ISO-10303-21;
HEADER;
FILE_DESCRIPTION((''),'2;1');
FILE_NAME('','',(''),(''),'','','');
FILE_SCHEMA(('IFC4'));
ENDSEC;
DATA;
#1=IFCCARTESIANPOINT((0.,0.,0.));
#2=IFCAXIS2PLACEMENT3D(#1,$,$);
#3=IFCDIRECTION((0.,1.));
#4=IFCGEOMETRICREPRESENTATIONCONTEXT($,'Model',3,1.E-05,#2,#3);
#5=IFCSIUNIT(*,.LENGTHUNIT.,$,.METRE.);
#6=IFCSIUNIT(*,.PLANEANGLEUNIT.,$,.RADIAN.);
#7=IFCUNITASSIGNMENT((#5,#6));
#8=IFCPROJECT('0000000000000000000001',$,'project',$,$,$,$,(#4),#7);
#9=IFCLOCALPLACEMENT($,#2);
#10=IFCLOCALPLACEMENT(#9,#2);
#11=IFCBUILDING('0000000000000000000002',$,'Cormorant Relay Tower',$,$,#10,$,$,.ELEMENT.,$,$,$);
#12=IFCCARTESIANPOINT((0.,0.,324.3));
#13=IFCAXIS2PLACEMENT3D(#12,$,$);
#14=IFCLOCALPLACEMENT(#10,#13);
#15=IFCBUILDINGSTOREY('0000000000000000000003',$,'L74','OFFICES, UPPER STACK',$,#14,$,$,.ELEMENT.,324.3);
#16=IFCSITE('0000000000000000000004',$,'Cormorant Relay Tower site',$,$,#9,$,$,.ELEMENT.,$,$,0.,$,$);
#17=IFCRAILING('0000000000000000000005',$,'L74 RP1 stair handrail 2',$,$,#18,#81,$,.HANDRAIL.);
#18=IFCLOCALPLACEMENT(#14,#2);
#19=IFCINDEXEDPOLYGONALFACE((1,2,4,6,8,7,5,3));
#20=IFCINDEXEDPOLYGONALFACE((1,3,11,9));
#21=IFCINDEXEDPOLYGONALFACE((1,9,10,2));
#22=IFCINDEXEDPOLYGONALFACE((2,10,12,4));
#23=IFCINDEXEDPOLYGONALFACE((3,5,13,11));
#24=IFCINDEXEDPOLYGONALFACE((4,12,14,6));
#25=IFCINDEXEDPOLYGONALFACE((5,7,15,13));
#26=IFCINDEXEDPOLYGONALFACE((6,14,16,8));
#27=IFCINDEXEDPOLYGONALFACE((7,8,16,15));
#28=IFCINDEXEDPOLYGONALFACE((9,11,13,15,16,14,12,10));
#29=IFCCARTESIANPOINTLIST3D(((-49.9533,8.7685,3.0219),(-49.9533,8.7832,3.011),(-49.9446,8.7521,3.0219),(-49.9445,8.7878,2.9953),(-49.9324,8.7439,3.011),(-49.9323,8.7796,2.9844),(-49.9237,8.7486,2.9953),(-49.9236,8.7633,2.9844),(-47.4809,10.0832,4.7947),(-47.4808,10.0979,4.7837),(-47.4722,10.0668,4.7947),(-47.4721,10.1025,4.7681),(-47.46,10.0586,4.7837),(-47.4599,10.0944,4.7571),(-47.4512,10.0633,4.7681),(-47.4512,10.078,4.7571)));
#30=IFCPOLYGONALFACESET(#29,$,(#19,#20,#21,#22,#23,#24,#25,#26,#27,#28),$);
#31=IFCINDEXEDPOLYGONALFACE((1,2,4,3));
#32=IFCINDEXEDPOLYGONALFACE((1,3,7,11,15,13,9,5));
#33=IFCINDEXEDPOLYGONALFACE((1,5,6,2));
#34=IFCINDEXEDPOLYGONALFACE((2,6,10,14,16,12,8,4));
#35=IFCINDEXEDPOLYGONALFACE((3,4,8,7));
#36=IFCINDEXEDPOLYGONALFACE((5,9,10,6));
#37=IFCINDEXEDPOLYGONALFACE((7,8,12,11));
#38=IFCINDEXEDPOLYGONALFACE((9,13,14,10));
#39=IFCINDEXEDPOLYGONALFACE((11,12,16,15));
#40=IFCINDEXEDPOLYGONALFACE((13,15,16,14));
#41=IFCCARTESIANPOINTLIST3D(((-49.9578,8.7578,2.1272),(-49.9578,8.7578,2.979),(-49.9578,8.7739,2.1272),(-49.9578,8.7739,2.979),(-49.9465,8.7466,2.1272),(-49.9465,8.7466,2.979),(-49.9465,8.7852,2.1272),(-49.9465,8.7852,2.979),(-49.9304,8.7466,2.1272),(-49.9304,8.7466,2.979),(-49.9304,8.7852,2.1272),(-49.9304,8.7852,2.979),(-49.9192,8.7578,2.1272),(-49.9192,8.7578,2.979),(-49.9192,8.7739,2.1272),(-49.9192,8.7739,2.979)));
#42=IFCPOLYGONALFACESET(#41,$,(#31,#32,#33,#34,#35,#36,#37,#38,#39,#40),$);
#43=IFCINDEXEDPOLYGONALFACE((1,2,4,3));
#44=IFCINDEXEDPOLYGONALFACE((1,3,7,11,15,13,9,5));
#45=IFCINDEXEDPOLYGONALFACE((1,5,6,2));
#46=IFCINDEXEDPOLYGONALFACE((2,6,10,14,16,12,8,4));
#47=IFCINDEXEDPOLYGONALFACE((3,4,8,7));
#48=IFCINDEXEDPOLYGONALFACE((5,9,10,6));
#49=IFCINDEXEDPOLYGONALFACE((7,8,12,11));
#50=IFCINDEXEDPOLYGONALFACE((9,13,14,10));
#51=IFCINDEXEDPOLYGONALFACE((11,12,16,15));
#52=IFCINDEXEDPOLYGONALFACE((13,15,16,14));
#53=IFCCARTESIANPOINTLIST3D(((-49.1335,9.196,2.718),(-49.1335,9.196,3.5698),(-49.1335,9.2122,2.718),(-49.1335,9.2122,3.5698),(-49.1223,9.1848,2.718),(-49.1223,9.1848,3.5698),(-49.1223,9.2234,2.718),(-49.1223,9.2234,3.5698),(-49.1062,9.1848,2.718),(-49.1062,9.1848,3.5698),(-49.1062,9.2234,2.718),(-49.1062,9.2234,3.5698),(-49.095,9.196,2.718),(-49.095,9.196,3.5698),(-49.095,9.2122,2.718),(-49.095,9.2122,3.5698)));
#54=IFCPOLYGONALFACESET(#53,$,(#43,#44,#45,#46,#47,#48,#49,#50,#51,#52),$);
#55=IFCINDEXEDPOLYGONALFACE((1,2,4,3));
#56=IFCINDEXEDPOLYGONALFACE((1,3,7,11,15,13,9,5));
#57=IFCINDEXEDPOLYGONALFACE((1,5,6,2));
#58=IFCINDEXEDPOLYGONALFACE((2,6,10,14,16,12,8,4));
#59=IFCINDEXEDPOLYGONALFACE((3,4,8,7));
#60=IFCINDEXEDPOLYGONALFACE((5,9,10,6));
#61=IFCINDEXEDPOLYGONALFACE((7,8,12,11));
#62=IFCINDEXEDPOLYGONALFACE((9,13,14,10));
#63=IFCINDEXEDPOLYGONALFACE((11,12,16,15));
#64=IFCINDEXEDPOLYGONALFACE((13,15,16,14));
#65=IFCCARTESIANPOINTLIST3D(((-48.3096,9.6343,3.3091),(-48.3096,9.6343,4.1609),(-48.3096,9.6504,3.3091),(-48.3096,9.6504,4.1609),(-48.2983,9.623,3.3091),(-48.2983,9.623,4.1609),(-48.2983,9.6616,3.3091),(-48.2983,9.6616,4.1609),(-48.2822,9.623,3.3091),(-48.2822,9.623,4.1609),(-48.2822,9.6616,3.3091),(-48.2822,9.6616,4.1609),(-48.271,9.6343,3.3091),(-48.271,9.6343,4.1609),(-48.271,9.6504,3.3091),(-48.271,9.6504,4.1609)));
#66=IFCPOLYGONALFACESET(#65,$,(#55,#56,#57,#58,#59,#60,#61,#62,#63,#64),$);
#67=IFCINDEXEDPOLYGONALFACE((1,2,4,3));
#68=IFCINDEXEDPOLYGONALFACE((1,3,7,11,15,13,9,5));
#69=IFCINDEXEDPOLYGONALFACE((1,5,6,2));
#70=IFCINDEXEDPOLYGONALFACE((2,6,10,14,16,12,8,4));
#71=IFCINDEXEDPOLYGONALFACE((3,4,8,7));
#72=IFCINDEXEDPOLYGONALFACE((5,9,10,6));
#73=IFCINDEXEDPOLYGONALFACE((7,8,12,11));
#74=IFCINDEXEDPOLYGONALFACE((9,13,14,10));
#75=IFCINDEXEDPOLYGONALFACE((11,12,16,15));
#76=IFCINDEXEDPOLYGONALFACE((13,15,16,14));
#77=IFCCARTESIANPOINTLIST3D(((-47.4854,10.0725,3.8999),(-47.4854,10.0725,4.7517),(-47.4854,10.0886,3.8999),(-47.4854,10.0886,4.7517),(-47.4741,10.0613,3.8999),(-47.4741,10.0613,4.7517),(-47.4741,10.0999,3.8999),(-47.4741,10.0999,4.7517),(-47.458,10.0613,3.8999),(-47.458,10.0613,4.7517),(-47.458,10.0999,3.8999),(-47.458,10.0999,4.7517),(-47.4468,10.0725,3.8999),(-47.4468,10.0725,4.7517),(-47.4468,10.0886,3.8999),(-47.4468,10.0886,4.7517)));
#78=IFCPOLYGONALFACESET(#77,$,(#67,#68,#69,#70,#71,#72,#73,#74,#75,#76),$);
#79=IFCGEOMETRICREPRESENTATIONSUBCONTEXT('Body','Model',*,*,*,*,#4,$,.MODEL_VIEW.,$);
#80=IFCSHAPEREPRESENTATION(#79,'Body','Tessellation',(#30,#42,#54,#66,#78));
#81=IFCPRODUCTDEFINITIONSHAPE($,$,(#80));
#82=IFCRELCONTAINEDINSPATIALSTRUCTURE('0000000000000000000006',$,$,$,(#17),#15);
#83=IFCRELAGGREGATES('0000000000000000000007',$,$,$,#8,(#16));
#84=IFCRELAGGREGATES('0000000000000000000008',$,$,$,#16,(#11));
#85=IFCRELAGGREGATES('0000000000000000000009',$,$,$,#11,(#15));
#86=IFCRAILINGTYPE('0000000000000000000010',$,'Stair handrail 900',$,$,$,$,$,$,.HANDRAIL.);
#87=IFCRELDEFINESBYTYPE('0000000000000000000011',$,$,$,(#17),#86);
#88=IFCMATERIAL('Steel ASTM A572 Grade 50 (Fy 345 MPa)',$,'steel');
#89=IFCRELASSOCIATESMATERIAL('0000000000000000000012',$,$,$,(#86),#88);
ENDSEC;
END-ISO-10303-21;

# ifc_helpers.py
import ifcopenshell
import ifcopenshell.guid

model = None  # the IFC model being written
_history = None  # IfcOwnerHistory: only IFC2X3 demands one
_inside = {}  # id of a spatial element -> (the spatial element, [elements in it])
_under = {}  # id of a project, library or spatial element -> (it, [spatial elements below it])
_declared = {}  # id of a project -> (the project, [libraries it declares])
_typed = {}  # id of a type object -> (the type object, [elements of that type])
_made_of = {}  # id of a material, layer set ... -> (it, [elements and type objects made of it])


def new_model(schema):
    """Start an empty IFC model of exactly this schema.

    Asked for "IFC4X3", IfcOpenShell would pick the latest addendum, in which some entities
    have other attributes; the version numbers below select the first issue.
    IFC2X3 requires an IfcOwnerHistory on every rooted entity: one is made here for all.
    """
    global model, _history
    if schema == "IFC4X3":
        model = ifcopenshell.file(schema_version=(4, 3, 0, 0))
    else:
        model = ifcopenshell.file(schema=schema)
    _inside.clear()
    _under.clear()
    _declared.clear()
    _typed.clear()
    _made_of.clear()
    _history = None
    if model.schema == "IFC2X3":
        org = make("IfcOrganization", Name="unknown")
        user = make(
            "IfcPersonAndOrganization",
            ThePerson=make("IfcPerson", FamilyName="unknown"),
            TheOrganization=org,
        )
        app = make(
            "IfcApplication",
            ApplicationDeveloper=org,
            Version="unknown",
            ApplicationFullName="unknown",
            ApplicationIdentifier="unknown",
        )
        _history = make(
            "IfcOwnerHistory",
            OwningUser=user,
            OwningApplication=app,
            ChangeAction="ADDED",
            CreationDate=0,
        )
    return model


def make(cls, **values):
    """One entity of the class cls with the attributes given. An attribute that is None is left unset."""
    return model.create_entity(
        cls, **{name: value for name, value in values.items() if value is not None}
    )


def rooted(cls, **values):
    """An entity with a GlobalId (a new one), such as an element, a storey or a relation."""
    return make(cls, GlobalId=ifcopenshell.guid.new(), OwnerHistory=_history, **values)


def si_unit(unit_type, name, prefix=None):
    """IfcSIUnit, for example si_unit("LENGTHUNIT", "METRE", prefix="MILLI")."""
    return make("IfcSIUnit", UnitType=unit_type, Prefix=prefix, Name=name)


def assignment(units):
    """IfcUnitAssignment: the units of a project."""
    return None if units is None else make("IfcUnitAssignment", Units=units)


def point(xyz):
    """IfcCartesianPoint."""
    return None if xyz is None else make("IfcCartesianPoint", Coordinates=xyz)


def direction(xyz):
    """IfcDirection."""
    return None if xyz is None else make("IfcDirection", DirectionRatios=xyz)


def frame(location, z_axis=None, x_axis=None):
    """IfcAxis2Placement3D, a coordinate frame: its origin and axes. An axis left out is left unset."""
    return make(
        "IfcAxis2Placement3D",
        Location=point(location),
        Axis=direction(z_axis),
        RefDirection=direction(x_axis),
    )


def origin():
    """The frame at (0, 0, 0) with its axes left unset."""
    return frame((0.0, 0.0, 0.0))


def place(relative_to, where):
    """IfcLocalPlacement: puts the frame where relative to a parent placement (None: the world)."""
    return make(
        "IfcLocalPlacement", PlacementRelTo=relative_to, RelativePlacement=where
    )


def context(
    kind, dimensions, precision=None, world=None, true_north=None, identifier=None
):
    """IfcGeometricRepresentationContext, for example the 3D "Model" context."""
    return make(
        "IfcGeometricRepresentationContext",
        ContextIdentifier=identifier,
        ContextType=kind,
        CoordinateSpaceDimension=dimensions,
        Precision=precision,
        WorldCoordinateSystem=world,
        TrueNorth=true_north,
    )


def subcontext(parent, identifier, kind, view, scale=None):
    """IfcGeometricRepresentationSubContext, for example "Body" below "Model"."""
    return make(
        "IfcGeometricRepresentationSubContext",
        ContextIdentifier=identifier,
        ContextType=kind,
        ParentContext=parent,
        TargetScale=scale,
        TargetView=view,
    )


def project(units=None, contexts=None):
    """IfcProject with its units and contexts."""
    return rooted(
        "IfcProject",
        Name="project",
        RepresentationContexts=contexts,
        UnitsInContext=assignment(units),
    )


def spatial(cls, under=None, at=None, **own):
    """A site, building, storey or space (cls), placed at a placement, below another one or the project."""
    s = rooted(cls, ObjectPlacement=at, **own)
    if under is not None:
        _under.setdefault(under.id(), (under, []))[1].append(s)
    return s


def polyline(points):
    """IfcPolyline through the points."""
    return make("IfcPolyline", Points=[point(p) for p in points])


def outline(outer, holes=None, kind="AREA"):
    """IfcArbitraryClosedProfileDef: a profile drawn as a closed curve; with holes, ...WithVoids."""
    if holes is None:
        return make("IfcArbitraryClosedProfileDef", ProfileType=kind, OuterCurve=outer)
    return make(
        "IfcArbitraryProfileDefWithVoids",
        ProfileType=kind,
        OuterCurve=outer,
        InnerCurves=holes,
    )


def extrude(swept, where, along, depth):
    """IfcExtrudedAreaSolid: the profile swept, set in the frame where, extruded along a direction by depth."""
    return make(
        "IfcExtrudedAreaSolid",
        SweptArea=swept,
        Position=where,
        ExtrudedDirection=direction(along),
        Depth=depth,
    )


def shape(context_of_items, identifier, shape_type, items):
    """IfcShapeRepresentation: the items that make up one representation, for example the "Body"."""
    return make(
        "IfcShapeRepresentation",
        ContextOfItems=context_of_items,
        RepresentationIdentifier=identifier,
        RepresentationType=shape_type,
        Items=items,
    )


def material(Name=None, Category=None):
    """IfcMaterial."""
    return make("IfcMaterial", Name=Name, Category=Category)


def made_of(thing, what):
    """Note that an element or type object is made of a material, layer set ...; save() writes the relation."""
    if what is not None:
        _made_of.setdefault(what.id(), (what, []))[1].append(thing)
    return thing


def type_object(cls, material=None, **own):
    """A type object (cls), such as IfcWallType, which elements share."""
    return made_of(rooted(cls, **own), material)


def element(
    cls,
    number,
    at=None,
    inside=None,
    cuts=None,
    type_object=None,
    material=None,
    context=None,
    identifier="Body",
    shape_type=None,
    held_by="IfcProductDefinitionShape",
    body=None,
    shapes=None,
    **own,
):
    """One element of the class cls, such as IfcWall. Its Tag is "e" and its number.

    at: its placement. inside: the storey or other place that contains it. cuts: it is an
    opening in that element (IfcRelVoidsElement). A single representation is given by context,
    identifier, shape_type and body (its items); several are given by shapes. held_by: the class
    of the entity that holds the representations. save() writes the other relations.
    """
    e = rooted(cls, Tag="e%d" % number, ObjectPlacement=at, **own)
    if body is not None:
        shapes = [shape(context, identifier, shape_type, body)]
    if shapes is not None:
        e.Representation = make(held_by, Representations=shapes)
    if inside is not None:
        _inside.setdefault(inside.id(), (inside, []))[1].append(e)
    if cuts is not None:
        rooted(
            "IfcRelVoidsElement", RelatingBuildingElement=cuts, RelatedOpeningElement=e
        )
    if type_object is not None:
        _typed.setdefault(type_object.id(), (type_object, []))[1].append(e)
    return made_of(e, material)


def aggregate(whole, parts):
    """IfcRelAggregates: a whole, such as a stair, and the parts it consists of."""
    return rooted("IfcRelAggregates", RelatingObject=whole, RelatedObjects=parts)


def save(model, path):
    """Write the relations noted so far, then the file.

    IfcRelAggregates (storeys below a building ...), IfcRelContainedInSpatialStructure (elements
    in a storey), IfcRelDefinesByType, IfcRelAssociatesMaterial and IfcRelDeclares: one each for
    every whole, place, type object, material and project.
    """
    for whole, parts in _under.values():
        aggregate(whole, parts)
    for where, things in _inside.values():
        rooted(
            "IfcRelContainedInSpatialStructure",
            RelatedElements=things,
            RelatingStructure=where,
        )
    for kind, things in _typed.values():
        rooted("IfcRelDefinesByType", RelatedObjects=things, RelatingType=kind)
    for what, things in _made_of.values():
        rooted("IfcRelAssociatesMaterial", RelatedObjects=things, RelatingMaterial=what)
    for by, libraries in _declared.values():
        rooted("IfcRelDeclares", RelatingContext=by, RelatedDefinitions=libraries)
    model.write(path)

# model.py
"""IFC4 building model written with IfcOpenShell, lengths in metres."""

from ifc_helpers import new_model, si_unit, direction, frame, origin, place, context, subcontext, project, spatial, polyline, outline, extrude, material, type_object, element, save


model = new_model("IFC4")

# Units and contexts
model_context = context("Model", 3, precision=1e-05, world=origin(), true_north=direction((0.0, 1.0)))
body_context = subcontext(model_context, "Body", "Model", "MODEL_VIEW")
ifc_project = project(units=[si_unit("LENGTHUNIT", "METRE"), si_unit("PLANEANGLEUNIT", "RADIAN")], contexts=[model_context])

# Site, building, storey
site_placement = place(None, origin())
site = spatial("IfcSite", under=ifc_project, at=site_placement, Name="Cormorant Relay Tower site", CompositionType="ELEMENT", RefElevation=0.0)
building_placement = place(site_placement, origin())
building = spatial("IfcBuilding", under=site, at=building_placement, Name="Cormorant Relay Tower", CompositionType="ELEMENT")
storey_placement = place(building_placement, frame((0.0, 0.0, 324.3)))
storey = spatial("IfcBuildingStorey", under=building, at=storey_placement, Name="L74", Description="OFFICES, UPPER STACK", CompositionType="ELEMENT", Elevation=324.3)

# Railing
ifc_material_1 = material(Name="Steel ASTM A572 Grade 50 (Fy 345 MPa)", Category="steel")
railing_type_1 = type_object("IfcRailingType", Name="Stair handrail 900", PredefinedType="HANDRAIL", material=ifc_material_1)
railing_1_placement = place(storey_placement, frame((-49.9385, 8.7659, 2.1272)))
element("IfcRailing", 1, at=railing_1_placement, inside=storey, type_object=railing_type_1, Name="L74 RP1 stair handrail 2", PredefinedType="HANDRAIL", context=body_context, shape_type="SweptSolid", body=[
    extrude(outline(polyline([(0.0222, 0.0093), (0.0093, 0.0222), (-0.0093, 0.0222), (-0.0222, 0.0093), (-0.0222, -0.0093), (-0.0093, -0.0222), (0.0093, -0.0222), (0.0222, -0.0093), (0.0222, 0.0093)])), frame((0.0, 0.0, 0.876), z_axis=(0.746012, 0.39669, 0.534886), x_axis=(-0.469497, 0.882934, 0.0)), (0.0, 0.0, 1.0), 3.3142),
    extrude(outline(polyline([(0.0193, 0.0081), (0.0081, 0.0193), (-0.0081, 0.0193), (-0.0193, 0.0081), (-0.0193, -0.0081), (-0.0081, -0.0193), (0.0081, -0.0193), (0.0193, -0.0081), (0.0193, 0.0081)])), origin(), (0.0, 0.0, 1.0), 0.8518),
    extrude(outline(polyline([(0.0193, 0.0081), (0.0081, 0.0193), (-0.0081, 0.0193), (-0.0193, 0.0081), (-0.0193, -0.0081), (-0.0081, -0.0193), (0.0081, -0.0193), (0.0193, -0.0081), (0.0193, 0.0081)])), frame((0.8242, 0.4382, 0.5908)), (0.0, 0.0, 1.0), 0.8518),
    extrude(outline(polyline([(0.0193, 0.0081), (0.0081, 0.0193), (-0.0081, 0.0193), (-0.0193, 0.0081), (-0.0193, -0.0081), (-0.0081, -0.0193), (0.0081, -0.0193), (0.0193, -0.0081), (0.0193, 0.0081)])), frame((1.6482, 0.8765, 1.1819)), (0.0, 0.0, 1.0), 0.8518),
    extrude(outline(polyline([(0.0193, 0.0081), (0.0081, 0.0193), (-0.0081, 0.0193), (-0.0193, 0.0081), (-0.0193, -0.0081), (-0.0081, -0.0193), (0.0081, -0.0193), (0.0193, -0.0081), (0.0193, 0.0081)])), frame((2.4724, 1.3147, 1.7727)), (0.0, 0.0, 1.0), 0.8518),
])

save(model, "model.ifc")
